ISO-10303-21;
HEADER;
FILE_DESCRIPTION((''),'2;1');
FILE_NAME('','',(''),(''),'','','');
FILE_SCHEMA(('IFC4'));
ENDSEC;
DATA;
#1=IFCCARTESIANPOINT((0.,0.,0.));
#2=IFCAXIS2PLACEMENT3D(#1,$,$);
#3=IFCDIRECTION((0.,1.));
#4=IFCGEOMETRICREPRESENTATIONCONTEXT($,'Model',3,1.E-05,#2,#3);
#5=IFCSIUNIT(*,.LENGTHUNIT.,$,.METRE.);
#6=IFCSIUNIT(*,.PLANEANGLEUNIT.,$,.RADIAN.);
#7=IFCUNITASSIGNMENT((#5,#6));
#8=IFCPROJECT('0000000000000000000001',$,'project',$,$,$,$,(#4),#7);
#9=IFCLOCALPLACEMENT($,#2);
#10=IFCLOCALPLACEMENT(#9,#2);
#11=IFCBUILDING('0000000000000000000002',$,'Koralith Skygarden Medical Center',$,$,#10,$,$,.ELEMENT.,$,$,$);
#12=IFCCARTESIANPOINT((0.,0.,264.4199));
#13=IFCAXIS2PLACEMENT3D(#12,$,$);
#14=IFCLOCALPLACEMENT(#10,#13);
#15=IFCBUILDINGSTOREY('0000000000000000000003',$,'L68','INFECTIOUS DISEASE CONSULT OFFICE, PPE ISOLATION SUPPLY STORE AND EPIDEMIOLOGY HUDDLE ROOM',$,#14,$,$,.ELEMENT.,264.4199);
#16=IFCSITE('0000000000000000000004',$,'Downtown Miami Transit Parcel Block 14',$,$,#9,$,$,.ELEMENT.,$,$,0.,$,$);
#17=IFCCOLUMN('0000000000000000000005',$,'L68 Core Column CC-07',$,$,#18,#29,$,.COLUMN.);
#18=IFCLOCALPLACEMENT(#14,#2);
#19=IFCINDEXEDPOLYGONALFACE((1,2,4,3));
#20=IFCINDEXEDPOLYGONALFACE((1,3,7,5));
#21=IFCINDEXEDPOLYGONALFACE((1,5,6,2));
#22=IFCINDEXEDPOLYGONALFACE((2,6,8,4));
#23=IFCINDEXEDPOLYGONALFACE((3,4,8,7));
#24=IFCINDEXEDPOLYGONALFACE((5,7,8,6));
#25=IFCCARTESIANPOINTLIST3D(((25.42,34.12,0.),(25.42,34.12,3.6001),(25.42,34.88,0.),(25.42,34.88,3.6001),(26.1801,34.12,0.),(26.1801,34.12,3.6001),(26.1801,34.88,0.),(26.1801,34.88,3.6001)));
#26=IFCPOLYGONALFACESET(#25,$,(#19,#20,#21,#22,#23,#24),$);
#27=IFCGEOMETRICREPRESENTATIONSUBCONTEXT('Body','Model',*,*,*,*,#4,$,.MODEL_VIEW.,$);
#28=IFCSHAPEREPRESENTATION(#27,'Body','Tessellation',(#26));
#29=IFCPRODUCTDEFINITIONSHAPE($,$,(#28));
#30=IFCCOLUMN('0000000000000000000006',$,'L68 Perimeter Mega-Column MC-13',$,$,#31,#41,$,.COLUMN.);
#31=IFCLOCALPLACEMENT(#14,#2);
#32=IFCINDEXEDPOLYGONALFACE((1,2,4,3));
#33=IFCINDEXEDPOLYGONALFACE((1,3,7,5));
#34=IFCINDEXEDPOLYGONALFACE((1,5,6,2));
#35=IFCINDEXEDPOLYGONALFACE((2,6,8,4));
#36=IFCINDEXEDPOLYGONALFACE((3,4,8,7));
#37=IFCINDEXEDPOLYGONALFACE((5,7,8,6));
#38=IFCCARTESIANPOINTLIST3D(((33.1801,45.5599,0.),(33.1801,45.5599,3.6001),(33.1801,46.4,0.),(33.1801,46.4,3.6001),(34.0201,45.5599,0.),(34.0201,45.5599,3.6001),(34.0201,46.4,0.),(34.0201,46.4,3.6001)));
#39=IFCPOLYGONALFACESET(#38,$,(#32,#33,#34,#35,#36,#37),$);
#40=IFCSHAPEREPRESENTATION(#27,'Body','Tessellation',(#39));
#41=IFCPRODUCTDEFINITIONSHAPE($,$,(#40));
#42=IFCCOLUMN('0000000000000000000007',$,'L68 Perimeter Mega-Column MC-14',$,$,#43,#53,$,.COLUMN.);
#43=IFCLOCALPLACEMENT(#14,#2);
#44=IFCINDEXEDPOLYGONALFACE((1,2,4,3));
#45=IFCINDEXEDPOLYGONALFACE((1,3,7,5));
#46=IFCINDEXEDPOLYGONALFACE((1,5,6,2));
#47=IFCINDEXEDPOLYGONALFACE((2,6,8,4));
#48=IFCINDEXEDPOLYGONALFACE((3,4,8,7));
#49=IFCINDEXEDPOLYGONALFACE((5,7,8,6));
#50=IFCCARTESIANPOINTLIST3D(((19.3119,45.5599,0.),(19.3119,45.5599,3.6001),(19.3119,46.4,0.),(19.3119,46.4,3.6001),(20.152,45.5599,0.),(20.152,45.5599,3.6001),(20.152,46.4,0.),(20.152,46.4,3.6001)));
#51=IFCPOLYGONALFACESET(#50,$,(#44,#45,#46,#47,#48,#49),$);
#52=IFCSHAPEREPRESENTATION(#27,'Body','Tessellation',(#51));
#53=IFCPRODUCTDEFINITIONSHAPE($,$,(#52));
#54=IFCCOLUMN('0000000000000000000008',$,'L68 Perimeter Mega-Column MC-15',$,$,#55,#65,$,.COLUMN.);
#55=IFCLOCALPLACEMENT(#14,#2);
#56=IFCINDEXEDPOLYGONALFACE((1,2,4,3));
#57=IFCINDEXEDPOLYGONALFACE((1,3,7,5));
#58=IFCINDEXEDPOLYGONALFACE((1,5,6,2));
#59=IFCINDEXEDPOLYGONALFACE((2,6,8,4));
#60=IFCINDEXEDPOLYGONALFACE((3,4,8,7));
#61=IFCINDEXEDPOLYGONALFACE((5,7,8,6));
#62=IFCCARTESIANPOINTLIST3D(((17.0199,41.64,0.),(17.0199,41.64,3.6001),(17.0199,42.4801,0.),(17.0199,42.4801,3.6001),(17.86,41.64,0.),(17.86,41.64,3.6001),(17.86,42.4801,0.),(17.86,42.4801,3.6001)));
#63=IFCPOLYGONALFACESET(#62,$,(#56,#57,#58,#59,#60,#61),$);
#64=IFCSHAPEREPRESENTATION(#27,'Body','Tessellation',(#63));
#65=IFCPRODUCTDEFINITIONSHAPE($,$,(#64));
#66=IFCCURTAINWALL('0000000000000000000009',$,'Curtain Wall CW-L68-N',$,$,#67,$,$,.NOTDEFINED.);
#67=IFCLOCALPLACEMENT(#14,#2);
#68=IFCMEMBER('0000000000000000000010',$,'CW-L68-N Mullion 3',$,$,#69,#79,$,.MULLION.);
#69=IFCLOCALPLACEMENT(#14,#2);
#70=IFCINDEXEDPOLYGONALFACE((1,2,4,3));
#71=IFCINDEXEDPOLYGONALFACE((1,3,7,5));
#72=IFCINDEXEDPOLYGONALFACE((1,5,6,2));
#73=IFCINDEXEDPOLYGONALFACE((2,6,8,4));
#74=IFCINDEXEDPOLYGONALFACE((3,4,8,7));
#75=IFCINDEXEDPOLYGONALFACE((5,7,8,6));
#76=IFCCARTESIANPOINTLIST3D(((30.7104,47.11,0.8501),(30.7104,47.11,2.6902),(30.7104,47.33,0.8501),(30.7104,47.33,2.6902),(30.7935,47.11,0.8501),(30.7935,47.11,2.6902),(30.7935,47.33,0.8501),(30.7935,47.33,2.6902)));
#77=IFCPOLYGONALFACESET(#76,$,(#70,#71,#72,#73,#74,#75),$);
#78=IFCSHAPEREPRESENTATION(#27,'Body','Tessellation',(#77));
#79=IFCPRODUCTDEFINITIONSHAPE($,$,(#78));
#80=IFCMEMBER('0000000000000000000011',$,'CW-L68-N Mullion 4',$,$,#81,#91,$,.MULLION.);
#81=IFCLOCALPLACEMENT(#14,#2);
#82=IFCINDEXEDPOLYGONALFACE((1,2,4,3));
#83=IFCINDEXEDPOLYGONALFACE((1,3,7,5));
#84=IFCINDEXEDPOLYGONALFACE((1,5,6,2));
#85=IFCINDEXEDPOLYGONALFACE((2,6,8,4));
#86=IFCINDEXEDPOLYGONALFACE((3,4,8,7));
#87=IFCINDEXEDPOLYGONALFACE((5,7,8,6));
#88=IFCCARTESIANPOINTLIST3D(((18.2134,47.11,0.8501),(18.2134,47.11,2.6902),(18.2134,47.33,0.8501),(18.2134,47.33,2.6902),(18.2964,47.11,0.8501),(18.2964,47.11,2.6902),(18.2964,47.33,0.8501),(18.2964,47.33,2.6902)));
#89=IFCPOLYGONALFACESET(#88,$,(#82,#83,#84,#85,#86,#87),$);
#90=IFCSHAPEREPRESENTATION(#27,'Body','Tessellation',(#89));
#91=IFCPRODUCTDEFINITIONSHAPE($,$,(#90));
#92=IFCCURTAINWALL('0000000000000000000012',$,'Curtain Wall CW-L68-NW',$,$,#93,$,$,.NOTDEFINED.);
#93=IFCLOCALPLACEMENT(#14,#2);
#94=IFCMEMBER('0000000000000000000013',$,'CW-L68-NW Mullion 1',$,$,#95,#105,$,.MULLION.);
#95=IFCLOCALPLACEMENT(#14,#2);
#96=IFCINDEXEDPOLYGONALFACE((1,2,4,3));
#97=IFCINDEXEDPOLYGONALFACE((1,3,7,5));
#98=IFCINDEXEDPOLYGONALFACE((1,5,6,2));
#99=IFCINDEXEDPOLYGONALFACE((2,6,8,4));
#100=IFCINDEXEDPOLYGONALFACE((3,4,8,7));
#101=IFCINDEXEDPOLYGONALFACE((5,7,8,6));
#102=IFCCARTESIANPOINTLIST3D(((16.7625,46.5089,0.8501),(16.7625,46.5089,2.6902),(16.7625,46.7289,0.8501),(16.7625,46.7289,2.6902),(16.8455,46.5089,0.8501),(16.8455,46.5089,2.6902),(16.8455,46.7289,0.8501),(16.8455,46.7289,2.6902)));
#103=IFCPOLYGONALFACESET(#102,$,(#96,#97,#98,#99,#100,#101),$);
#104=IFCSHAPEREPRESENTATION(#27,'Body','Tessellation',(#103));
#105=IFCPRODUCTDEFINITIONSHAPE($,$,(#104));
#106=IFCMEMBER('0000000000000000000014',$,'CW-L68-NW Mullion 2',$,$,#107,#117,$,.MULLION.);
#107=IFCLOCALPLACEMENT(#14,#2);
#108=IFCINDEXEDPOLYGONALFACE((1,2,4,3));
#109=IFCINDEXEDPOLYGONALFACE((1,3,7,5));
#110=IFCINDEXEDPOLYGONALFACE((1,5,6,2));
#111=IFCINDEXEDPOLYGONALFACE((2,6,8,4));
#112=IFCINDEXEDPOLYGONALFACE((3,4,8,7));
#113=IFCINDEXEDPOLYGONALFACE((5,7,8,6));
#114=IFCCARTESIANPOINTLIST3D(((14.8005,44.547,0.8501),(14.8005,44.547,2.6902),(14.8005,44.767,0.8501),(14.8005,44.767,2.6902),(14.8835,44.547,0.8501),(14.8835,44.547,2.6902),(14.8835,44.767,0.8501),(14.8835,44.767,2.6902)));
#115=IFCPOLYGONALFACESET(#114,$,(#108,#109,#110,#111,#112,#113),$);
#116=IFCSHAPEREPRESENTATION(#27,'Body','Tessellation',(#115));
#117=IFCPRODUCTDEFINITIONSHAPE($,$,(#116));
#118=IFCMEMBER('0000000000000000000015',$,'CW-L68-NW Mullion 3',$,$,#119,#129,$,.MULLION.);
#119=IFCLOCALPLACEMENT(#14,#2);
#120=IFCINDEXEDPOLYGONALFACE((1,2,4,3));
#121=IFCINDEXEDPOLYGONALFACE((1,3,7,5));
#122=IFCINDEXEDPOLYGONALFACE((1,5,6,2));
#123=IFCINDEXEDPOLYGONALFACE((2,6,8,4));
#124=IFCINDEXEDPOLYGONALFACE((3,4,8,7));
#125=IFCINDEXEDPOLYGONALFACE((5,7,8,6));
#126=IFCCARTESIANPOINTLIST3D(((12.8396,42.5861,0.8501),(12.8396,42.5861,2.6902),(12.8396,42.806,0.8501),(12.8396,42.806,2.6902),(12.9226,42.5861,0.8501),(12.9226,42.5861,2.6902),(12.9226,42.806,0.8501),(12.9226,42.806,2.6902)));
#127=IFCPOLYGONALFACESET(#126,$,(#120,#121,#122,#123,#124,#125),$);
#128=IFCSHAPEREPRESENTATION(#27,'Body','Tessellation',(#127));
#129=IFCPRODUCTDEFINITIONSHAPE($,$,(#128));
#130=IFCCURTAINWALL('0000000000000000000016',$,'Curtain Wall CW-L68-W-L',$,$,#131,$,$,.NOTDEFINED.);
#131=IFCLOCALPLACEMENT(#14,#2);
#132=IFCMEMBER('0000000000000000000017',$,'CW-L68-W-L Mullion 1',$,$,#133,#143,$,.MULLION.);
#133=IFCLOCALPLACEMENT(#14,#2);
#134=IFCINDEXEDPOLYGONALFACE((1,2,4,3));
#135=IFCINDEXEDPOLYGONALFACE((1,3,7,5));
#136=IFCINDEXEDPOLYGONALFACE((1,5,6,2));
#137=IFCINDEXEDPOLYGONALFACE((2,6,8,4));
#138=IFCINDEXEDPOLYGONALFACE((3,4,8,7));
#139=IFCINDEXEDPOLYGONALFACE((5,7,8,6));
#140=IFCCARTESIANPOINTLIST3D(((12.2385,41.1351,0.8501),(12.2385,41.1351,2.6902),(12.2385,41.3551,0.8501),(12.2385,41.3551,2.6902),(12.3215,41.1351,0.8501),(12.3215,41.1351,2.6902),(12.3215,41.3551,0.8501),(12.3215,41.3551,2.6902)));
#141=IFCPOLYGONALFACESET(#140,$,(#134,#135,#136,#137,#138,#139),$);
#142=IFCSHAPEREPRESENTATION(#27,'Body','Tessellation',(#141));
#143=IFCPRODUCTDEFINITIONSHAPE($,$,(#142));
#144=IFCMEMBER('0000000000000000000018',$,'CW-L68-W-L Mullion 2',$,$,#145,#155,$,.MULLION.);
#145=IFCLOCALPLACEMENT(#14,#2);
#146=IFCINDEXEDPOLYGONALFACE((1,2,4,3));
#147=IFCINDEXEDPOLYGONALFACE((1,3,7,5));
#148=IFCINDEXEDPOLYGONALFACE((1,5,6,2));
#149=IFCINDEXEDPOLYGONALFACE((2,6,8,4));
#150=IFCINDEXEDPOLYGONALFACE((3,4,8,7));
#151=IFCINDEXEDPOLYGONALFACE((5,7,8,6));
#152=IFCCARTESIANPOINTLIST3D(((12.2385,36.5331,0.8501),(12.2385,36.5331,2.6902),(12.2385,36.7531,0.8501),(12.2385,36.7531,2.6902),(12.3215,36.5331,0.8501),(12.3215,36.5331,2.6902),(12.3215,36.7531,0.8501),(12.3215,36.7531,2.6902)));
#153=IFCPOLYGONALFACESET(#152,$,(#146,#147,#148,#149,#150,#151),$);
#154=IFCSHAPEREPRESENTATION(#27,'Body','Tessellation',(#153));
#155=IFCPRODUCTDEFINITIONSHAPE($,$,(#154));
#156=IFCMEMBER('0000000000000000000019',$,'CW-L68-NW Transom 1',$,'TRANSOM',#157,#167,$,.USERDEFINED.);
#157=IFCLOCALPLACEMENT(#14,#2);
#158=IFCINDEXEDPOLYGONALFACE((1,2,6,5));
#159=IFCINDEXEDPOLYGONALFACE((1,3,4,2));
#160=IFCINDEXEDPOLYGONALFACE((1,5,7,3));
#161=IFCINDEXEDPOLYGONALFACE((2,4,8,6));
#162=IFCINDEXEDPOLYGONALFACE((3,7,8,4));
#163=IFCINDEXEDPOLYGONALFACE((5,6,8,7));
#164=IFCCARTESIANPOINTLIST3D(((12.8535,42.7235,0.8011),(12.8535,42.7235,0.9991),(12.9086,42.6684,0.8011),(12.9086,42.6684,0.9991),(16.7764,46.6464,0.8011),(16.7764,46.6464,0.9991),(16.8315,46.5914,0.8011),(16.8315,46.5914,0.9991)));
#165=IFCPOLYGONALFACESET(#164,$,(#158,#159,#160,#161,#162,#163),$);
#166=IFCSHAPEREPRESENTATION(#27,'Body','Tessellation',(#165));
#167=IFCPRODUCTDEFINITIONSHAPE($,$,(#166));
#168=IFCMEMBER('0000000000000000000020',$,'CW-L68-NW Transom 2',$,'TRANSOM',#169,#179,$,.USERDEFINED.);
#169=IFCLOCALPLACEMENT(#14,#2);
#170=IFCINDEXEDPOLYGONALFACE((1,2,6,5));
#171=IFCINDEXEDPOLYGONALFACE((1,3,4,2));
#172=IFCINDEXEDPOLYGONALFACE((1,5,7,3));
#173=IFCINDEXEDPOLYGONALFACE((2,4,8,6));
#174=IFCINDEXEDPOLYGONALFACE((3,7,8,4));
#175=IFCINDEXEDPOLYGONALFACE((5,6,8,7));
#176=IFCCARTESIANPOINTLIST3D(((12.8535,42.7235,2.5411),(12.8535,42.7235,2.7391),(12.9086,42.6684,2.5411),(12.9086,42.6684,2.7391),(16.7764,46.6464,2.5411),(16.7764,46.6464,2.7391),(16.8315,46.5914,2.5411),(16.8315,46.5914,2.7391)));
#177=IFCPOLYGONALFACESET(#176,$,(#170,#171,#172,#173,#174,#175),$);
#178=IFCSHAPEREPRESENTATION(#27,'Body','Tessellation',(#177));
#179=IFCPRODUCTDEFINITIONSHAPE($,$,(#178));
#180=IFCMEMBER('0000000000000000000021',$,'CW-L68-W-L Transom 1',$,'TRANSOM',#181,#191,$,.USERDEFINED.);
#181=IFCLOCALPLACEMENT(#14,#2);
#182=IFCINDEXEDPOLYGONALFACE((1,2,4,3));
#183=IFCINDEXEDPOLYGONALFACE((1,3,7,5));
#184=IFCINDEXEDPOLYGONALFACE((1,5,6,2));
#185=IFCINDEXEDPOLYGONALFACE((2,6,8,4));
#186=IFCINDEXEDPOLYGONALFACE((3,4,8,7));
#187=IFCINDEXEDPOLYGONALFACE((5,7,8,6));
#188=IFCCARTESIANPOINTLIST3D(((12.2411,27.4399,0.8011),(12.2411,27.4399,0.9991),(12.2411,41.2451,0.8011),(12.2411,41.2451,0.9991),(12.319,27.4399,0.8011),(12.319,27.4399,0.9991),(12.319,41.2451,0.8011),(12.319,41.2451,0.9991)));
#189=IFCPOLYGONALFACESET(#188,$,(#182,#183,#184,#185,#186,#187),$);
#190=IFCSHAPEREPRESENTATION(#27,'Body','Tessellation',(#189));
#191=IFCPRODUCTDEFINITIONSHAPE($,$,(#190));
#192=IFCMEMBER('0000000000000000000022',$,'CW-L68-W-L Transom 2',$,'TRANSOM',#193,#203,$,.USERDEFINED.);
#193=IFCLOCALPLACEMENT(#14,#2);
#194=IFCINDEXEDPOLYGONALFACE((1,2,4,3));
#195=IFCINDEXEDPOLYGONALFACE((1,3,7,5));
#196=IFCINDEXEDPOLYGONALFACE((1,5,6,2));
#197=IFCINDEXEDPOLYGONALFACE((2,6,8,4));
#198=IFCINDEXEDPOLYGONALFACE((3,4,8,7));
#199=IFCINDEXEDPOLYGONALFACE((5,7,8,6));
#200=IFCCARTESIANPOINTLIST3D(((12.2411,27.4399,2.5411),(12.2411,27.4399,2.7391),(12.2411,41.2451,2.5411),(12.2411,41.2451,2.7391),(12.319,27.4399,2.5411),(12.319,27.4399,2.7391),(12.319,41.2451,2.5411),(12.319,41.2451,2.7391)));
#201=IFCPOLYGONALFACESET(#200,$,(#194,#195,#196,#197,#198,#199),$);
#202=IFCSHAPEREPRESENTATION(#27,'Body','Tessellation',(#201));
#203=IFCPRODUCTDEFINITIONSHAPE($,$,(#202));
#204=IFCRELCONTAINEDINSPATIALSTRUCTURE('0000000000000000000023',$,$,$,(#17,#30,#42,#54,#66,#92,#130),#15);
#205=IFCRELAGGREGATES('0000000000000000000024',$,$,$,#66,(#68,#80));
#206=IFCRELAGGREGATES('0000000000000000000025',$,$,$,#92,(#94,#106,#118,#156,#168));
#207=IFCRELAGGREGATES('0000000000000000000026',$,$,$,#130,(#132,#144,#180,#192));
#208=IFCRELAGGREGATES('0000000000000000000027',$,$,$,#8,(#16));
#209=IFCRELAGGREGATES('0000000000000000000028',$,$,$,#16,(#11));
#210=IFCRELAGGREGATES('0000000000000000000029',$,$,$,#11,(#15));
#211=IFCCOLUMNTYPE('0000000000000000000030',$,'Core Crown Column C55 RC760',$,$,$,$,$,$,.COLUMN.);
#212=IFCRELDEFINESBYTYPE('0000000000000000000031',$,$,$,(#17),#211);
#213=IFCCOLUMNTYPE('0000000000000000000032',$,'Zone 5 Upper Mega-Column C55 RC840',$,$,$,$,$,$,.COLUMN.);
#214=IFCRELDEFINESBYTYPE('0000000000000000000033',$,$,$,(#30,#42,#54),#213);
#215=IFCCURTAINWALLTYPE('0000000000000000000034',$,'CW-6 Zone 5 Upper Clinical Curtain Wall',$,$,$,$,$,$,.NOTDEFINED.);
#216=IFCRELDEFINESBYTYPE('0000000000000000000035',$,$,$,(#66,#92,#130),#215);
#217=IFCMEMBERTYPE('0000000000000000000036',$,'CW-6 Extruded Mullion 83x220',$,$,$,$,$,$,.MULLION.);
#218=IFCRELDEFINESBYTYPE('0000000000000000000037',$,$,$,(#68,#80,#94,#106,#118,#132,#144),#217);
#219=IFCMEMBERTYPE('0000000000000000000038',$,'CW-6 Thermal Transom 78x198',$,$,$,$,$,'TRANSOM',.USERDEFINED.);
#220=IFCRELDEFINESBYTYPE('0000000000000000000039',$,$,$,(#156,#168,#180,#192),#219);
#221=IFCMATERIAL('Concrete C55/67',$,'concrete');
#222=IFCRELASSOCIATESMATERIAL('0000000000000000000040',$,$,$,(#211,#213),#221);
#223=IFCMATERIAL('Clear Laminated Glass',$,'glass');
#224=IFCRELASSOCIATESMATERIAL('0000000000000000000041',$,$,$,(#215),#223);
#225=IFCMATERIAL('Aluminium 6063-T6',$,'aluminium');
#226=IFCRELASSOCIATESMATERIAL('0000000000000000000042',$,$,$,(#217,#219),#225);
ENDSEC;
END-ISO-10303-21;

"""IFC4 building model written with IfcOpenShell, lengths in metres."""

from ifc_helpers import new_model, si_unit, direction, frame, origin, origin_2d, place, context, subcontext, project, spatial, rectangle, extrude, material, material_profile, profile_set, type_object, element, aggregate, save


model = new_model("IFC4")

# Units and contexts
model_context = context("Model", 3, precision=1e-05, world=origin(), true_north=direction((0.0, 1.0)))
body_context = subcontext(model_context, "Body", "Model", "MODEL_VIEW")
ifc_project = project(units=[si_unit("LENGTHUNIT", "METRE"), si_unit("PLANEANGLEUNIT", "RADIAN")], contexts=[model_context])

# Site, building, storey
site_placement = place(None, origin())
site = spatial("IfcSite", under=ifc_project, at=site_placement, Name="Downtown Miami Transit Parcel Block 14", CompositionType="ELEMENT", RefElevation=0.0)
building_placement = place(site_placement, origin())
building = spatial("IfcBuilding", under=site, at=building_placement, Name="Koralith Skygarden Medical Center", CompositionType="ELEMENT")
storey_placement = place(building_placement, frame((0.0, 0.0, 264.4199)))
storey = spatial("IfcBuildingStorey", under=building, at=storey_placement, Name="L68", Description="INFECTIOUS DISEASE CONSULT OFFICE, PPE ISOLATION SUPPLY STORE AND EPIDEMIOLOGY HUDDLE ROOM", CompositionType="ELEMENT", Elevation=264.4199)

# Columns
ifc_material_1 = material(Name="Concrete C55/67", Category="concrete")
ifc_material_profile_1 = material_profile(ifc_material_1, rectangle(XDim=0.76, YDim=0.76, at=origin_2d()), Name="RC760X760")
ifc_profile_set_1 = profile_set([ifc_material_profile_1], Name="Concrete C55/67")
column_type_1 = type_object("IfcColumnType", Name="Core Crown Column C55 RC760", PredefinedType="COLUMN", material=ifc_profile_set_1)
column_placement = place(storey_placement, frame((25.8, 34.5, 0.0), z_axis=(0.0, 0.0, 1.0), x_axis=(1.0, 0.0, 0.0)))
element("IfcColumn", 1, at=column_placement, inside=storey, type_object=column_type_1, Name="L68 Core Column CC-07", PredefinedType="COLUMN", context=body_context, shape_type="SweptSolid", body=[
    extrude(rectangle(XDim=0.76, YDim=0.76, at=origin_2d()), origin(), (0.0, 0.0, 1.0), 3.6001),
])
ifc_material_profile_2 = material_profile(ifc_material_1, rectangle(XDim=0.8401, YDim=0.8401, at=origin_2d()), Name="RC840X840")
ifc_profile_set_2 = profile_set([ifc_material_profile_2], Name="Concrete C55/67")
column_type_2 = type_object("IfcColumnType", Name="Zone 5 Upper Mega-Column C55 RC840", PredefinedType="COLUMN", material=ifc_profile_set_2)
for number, where, z_axis, x_axis, name in (
    (2, (33.6001, 45.98, 0.0), (0.0, 0.0, 1.0), (1.0, 0.0, 0.0), "L68 Perimeter Mega-Column MC-13"),
    (3, (19.7319, 45.98, 0.0), (0.0, 0.0, 1.0), (1.0, 0.0, 0.0), "L68 Perimeter Mega-Column MC-14"),
    (4, (17.4399, 42.0601, 0.0), (0.0, 0.0, 1.0), (1.0, 0.0, 0.0), "L68 Perimeter Mega-Column MC-15"),
):
    element("IfcColumn", number, at=place(storey_placement, frame(where, z_axis=z_axis, x_axis=x_axis)), inside=storey, type_object=column_type_2, Name=name, PredefinedType="COLUMN", context=body_context, shape_type="SweptSolid", body=[
        extrude(rectangle(XDim=0.8401, YDim=0.8401, at=origin_2d()), origin(), (0.0, 0.0, 1.0), 3.6001),
    ])

# Curtain walls, members
ifc_material_2 = material(Name="Clear Laminated Glass", Category="glass")
curtain_wall_type = type_object("IfcCurtainWallType", Name="CW-6 Zone 5 Upper Clinical Curtain Wall", PredefinedType="NOTDEFINED", material=ifc_material_2)
curtain_wall_1_placement = place(storey_placement, origin())
curtain_wall_1 = element("IfcCurtainWall", 5, at=curtain_wall_1_placement, inside=storey, type_object=curtain_wall_type, Name="Curtain Wall CW-L68-N", PredefinedType="NOTDEFINED")
ifc_material_3 = material(Name="Aluminium 6063-T6", Category="aluminium")
ifc_material_profile_3 = material_profile(ifc_material_3, rectangle(XDim=0.083, YDim=0.22, at=origin_2d()), Name="MUL83X220")
ifc_profile_set_3 = profile_set([ifc_material_profile_3], Name="Aluminium 6063-T6")
member_type_1 = type_object("IfcMemberType", Name="CW-6 Extruded Mullion 83x220", PredefinedType="MULLION", material=ifc_profile_set_3)
member_1_placement = place(storey_placement, frame((30.752, 47.22, 0.8501), z_axis=(0.0, 0.0, 1.0), x_axis=(1.0, 0.0, 0.0)))
member_1 = element("IfcMember", 6, at=member_1_placement, type_object=member_type_1, Name="CW-L68-N Mullion 3", PredefinedType="MULLION", context=body_context, shape_type="SweptSolid", body=[
    extrude(rectangle(XDim=0.083, YDim=0.22, at=origin_2d()), origin(), (0.0, 0.0, 1.0), 1.8401),
])
member_2_placement = place(storey_placement, frame((18.2549, 47.22, 0.8501), z_axis=(0.0, 0.0, 1.0), x_axis=(1.0, 0.0, 0.0)))
member_2 = element("IfcMember", 7, at=member_2_placement, type_object=member_type_1, Name="CW-L68-N Mullion 4", PredefinedType="MULLION", context=body_context, shape_type="SweptSolid", body=[
    extrude(rectangle(XDim=0.083, YDim=0.22, at=origin_2d()), origin(), (0.0, 0.0, 1.0), 1.8401),
])
curtain_wall_2_placement = place(storey_placement, origin())
curtain_wall_2 = element("IfcCurtainWall", 8, at=curtain_wall_2_placement, inside=storey, type_object=curtain_wall_type, Name="Curtain Wall CW-L68-NW", PredefinedType="NOTDEFINED")
member_3_placement = place(storey_placement, frame((16.804, 46.6189, 0.8501), z_axis=(0.0, 0.0, 1.0), x_axis=(1.0, 0.0, 0.0)))
member_3 = element("IfcMember", 9, at=member_3_placement, type_object=member_type_1, Name="CW-L68-NW Mullion 1", PredefinedType="MULLION", context=body_context, shape_type="SweptSolid", body=[
    extrude(rectangle(XDim=0.083, YDim=0.22, at=origin_2d()), origin(), (0.0, 0.0, 1.0), 1.8401),
])
member_4_placement = place(storey_placement, frame((14.842, 44.657, 0.8501), z_axis=(0.0, 0.0, 1.0), x_axis=(1.0, 0.0, 0.0)))
member_4 = element("IfcMember", 10, at=member_4_placement, type_object=member_type_1, Name="CW-L68-NW Mullion 2", PredefinedType="MULLION", context=body_context, shape_type="SweptSolid", body=[
    extrude(rectangle(XDim=0.083, YDim=0.22, at=origin_2d()), origin(), (0.0, 0.0, 1.0), 1.8401),
])
member_5_placement = place(storey_placement, frame((12.8811, 42.696, 0.8501), z_axis=(0.0, 0.0, 1.0), x_axis=(1.0, 0.0, 0.0)))
member_5 = element("IfcMember", 11, at=member_5_placement, type_object=member_type_1, Name="CW-L68-NW Mullion 3", PredefinedType="MULLION", context=body_context, shape_type="SweptSolid", body=[
    extrude(rectangle(XDim=0.083, YDim=0.22, at=origin_2d()), origin(), (0.0, 0.0, 1.0), 1.8401),
])
curtain_wall_3_placement = place(storey_placement, origin())
curtain_wall_3 = element("IfcCurtainWall", 12, at=curtain_wall_3_placement, inside=storey, type_object=curtain_wall_type, Name="Curtain Wall CW-L68-W-L", PredefinedType="NOTDEFINED")
member_6_placement = place(storey_placement, frame((12.28, 41.2451, 0.8501), z_axis=(0.0, 0.0, 1.0), x_axis=(1.0, 0.0, 0.0)))
member_6 = element("IfcMember", 13, at=member_6_placement, type_object=member_type_1, Name="CW-L68-W-L Mullion 1", PredefinedType="MULLION", context=body_context, shape_type="SweptSolid", body=[
    extrude(rectangle(XDim=0.083, YDim=0.22, at=origin_2d()), origin(), (0.0, 0.0, 1.0), 1.8401),
])
member_7_placement = place(storey_placement, frame((12.28, 36.6431, 0.8501), z_axis=(0.0, 0.0, 1.0), x_axis=(1.0, 0.0, 0.0)))
member_7 = element("IfcMember", 14, at=member_7_placement, type_object=member_type_1, Name="CW-L68-W-L Mullion 2", PredefinedType="MULLION", context=body_context, shape_type="SweptSolid", body=[
    extrude(rectangle(XDim=0.083, YDim=0.22, at=origin_2d()), origin(), (0.0, 0.0, 1.0), 1.8401),
])

# Members
ifc_material_profile_4 = material_profile(ifc_material_3, rectangle(XDim=0.0779, YDim=0.198, at=origin_2d()), Name="TRN78X198")
ifc_profile_set_4 = profile_set([ifc_material_profile_4], Name="Aluminium 6063-T6")
member_type_2 = type_object("IfcMemberType", Name="CW-6 Thermal Transom 78x198", ElementType="TRANSOM", PredefinedType="USERDEFINED", material=ifc_profile_set_4)
member_8_placement = place(storey_placement, frame((16.804, 46.6189, 0.9001), z_axis=(-0.707107, -0.707107, 0.0), x_axis=(0.707107, -0.707107, 0.0)))
member_8 = element("IfcMember", 15, at=member_8_placement, type_object=member_type_2, Name="CW-L68-NW Transom 1", ObjectType="TRANSOM", PredefinedType="USERDEFINED", context=body_context, shape_type="SweptSolid", body=[
    extrude(rectangle(XDim=0.0779, YDim=0.198, at=origin_2d()), origin(), (0.0, 0.0, 1.0), 5.5479),
])
member_9_placement = place(storey_placement, frame((16.804, 46.6189, 2.6401), z_axis=(-0.707107, -0.707107, 0.0), x_axis=(0.707107, -0.707107, 0.0)))
member_9 = element("IfcMember", 16, at=member_9_placement, type_object=member_type_2, Name="CW-L68-NW Transom 2", ObjectType="TRANSOM", PredefinedType="USERDEFINED", context=body_context, shape_type="SweptSolid", body=[
    extrude(rectangle(XDim=0.0779, YDim=0.198, at=origin_2d()), origin(), (0.0, 0.0, 1.0), 5.5479),
])
member_10_placement = place(storey_placement, frame((12.28, 41.2451, 0.9001), z_axis=(0.0, -1.0, 0.0), x_axis=(1.0, 0.0, 0.0)))
member_10 = element("IfcMember", 17, at=member_10_placement, type_object=member_type_2, Name="CW-L68-W-L Transom 1", ObjectType="TRANSOM", PredefinedType="USERDEFINED", context=body_context, shape_type="SweptSolid", body=[
    extrude(rectangle(XDim=0.0779, YDim=0.198, at=origin_2d()), origin(), (0.0, 0.0, 1.0), 13.8052),
])
member_11_placement = place(storey_placement, frame((12.28, 41.2451, 2.6401), z_axis=(0.0, -1.0, 0.0), x_axis=(1.0, 0.0, 0.0)))
member_11 = element("IfcMember", 18, at=member_11_placement, type_object=member_type_2, Name="CW-L68-W-L Transom 2", ObjectType="TRANSOM", PredefinedType="USERDEFINED", context=body_context, shape_type="SweptSolid", body=[
    extrude(rectangle(XDim=0.0779, YDim=0.198, at=origin_2d()), origin(), (0.0, 0.0, 1.0), 13.8052),
])

aggregate(curtain_wall_1, [member_1, member_2])
aggregate(curtain_wall_2, [member_3, member_4, member_5, member_8, member_9])
aggregate(curtain_wall_3, [member_6, member_7, member_10, member_11])

save(model, "model.ifc")
